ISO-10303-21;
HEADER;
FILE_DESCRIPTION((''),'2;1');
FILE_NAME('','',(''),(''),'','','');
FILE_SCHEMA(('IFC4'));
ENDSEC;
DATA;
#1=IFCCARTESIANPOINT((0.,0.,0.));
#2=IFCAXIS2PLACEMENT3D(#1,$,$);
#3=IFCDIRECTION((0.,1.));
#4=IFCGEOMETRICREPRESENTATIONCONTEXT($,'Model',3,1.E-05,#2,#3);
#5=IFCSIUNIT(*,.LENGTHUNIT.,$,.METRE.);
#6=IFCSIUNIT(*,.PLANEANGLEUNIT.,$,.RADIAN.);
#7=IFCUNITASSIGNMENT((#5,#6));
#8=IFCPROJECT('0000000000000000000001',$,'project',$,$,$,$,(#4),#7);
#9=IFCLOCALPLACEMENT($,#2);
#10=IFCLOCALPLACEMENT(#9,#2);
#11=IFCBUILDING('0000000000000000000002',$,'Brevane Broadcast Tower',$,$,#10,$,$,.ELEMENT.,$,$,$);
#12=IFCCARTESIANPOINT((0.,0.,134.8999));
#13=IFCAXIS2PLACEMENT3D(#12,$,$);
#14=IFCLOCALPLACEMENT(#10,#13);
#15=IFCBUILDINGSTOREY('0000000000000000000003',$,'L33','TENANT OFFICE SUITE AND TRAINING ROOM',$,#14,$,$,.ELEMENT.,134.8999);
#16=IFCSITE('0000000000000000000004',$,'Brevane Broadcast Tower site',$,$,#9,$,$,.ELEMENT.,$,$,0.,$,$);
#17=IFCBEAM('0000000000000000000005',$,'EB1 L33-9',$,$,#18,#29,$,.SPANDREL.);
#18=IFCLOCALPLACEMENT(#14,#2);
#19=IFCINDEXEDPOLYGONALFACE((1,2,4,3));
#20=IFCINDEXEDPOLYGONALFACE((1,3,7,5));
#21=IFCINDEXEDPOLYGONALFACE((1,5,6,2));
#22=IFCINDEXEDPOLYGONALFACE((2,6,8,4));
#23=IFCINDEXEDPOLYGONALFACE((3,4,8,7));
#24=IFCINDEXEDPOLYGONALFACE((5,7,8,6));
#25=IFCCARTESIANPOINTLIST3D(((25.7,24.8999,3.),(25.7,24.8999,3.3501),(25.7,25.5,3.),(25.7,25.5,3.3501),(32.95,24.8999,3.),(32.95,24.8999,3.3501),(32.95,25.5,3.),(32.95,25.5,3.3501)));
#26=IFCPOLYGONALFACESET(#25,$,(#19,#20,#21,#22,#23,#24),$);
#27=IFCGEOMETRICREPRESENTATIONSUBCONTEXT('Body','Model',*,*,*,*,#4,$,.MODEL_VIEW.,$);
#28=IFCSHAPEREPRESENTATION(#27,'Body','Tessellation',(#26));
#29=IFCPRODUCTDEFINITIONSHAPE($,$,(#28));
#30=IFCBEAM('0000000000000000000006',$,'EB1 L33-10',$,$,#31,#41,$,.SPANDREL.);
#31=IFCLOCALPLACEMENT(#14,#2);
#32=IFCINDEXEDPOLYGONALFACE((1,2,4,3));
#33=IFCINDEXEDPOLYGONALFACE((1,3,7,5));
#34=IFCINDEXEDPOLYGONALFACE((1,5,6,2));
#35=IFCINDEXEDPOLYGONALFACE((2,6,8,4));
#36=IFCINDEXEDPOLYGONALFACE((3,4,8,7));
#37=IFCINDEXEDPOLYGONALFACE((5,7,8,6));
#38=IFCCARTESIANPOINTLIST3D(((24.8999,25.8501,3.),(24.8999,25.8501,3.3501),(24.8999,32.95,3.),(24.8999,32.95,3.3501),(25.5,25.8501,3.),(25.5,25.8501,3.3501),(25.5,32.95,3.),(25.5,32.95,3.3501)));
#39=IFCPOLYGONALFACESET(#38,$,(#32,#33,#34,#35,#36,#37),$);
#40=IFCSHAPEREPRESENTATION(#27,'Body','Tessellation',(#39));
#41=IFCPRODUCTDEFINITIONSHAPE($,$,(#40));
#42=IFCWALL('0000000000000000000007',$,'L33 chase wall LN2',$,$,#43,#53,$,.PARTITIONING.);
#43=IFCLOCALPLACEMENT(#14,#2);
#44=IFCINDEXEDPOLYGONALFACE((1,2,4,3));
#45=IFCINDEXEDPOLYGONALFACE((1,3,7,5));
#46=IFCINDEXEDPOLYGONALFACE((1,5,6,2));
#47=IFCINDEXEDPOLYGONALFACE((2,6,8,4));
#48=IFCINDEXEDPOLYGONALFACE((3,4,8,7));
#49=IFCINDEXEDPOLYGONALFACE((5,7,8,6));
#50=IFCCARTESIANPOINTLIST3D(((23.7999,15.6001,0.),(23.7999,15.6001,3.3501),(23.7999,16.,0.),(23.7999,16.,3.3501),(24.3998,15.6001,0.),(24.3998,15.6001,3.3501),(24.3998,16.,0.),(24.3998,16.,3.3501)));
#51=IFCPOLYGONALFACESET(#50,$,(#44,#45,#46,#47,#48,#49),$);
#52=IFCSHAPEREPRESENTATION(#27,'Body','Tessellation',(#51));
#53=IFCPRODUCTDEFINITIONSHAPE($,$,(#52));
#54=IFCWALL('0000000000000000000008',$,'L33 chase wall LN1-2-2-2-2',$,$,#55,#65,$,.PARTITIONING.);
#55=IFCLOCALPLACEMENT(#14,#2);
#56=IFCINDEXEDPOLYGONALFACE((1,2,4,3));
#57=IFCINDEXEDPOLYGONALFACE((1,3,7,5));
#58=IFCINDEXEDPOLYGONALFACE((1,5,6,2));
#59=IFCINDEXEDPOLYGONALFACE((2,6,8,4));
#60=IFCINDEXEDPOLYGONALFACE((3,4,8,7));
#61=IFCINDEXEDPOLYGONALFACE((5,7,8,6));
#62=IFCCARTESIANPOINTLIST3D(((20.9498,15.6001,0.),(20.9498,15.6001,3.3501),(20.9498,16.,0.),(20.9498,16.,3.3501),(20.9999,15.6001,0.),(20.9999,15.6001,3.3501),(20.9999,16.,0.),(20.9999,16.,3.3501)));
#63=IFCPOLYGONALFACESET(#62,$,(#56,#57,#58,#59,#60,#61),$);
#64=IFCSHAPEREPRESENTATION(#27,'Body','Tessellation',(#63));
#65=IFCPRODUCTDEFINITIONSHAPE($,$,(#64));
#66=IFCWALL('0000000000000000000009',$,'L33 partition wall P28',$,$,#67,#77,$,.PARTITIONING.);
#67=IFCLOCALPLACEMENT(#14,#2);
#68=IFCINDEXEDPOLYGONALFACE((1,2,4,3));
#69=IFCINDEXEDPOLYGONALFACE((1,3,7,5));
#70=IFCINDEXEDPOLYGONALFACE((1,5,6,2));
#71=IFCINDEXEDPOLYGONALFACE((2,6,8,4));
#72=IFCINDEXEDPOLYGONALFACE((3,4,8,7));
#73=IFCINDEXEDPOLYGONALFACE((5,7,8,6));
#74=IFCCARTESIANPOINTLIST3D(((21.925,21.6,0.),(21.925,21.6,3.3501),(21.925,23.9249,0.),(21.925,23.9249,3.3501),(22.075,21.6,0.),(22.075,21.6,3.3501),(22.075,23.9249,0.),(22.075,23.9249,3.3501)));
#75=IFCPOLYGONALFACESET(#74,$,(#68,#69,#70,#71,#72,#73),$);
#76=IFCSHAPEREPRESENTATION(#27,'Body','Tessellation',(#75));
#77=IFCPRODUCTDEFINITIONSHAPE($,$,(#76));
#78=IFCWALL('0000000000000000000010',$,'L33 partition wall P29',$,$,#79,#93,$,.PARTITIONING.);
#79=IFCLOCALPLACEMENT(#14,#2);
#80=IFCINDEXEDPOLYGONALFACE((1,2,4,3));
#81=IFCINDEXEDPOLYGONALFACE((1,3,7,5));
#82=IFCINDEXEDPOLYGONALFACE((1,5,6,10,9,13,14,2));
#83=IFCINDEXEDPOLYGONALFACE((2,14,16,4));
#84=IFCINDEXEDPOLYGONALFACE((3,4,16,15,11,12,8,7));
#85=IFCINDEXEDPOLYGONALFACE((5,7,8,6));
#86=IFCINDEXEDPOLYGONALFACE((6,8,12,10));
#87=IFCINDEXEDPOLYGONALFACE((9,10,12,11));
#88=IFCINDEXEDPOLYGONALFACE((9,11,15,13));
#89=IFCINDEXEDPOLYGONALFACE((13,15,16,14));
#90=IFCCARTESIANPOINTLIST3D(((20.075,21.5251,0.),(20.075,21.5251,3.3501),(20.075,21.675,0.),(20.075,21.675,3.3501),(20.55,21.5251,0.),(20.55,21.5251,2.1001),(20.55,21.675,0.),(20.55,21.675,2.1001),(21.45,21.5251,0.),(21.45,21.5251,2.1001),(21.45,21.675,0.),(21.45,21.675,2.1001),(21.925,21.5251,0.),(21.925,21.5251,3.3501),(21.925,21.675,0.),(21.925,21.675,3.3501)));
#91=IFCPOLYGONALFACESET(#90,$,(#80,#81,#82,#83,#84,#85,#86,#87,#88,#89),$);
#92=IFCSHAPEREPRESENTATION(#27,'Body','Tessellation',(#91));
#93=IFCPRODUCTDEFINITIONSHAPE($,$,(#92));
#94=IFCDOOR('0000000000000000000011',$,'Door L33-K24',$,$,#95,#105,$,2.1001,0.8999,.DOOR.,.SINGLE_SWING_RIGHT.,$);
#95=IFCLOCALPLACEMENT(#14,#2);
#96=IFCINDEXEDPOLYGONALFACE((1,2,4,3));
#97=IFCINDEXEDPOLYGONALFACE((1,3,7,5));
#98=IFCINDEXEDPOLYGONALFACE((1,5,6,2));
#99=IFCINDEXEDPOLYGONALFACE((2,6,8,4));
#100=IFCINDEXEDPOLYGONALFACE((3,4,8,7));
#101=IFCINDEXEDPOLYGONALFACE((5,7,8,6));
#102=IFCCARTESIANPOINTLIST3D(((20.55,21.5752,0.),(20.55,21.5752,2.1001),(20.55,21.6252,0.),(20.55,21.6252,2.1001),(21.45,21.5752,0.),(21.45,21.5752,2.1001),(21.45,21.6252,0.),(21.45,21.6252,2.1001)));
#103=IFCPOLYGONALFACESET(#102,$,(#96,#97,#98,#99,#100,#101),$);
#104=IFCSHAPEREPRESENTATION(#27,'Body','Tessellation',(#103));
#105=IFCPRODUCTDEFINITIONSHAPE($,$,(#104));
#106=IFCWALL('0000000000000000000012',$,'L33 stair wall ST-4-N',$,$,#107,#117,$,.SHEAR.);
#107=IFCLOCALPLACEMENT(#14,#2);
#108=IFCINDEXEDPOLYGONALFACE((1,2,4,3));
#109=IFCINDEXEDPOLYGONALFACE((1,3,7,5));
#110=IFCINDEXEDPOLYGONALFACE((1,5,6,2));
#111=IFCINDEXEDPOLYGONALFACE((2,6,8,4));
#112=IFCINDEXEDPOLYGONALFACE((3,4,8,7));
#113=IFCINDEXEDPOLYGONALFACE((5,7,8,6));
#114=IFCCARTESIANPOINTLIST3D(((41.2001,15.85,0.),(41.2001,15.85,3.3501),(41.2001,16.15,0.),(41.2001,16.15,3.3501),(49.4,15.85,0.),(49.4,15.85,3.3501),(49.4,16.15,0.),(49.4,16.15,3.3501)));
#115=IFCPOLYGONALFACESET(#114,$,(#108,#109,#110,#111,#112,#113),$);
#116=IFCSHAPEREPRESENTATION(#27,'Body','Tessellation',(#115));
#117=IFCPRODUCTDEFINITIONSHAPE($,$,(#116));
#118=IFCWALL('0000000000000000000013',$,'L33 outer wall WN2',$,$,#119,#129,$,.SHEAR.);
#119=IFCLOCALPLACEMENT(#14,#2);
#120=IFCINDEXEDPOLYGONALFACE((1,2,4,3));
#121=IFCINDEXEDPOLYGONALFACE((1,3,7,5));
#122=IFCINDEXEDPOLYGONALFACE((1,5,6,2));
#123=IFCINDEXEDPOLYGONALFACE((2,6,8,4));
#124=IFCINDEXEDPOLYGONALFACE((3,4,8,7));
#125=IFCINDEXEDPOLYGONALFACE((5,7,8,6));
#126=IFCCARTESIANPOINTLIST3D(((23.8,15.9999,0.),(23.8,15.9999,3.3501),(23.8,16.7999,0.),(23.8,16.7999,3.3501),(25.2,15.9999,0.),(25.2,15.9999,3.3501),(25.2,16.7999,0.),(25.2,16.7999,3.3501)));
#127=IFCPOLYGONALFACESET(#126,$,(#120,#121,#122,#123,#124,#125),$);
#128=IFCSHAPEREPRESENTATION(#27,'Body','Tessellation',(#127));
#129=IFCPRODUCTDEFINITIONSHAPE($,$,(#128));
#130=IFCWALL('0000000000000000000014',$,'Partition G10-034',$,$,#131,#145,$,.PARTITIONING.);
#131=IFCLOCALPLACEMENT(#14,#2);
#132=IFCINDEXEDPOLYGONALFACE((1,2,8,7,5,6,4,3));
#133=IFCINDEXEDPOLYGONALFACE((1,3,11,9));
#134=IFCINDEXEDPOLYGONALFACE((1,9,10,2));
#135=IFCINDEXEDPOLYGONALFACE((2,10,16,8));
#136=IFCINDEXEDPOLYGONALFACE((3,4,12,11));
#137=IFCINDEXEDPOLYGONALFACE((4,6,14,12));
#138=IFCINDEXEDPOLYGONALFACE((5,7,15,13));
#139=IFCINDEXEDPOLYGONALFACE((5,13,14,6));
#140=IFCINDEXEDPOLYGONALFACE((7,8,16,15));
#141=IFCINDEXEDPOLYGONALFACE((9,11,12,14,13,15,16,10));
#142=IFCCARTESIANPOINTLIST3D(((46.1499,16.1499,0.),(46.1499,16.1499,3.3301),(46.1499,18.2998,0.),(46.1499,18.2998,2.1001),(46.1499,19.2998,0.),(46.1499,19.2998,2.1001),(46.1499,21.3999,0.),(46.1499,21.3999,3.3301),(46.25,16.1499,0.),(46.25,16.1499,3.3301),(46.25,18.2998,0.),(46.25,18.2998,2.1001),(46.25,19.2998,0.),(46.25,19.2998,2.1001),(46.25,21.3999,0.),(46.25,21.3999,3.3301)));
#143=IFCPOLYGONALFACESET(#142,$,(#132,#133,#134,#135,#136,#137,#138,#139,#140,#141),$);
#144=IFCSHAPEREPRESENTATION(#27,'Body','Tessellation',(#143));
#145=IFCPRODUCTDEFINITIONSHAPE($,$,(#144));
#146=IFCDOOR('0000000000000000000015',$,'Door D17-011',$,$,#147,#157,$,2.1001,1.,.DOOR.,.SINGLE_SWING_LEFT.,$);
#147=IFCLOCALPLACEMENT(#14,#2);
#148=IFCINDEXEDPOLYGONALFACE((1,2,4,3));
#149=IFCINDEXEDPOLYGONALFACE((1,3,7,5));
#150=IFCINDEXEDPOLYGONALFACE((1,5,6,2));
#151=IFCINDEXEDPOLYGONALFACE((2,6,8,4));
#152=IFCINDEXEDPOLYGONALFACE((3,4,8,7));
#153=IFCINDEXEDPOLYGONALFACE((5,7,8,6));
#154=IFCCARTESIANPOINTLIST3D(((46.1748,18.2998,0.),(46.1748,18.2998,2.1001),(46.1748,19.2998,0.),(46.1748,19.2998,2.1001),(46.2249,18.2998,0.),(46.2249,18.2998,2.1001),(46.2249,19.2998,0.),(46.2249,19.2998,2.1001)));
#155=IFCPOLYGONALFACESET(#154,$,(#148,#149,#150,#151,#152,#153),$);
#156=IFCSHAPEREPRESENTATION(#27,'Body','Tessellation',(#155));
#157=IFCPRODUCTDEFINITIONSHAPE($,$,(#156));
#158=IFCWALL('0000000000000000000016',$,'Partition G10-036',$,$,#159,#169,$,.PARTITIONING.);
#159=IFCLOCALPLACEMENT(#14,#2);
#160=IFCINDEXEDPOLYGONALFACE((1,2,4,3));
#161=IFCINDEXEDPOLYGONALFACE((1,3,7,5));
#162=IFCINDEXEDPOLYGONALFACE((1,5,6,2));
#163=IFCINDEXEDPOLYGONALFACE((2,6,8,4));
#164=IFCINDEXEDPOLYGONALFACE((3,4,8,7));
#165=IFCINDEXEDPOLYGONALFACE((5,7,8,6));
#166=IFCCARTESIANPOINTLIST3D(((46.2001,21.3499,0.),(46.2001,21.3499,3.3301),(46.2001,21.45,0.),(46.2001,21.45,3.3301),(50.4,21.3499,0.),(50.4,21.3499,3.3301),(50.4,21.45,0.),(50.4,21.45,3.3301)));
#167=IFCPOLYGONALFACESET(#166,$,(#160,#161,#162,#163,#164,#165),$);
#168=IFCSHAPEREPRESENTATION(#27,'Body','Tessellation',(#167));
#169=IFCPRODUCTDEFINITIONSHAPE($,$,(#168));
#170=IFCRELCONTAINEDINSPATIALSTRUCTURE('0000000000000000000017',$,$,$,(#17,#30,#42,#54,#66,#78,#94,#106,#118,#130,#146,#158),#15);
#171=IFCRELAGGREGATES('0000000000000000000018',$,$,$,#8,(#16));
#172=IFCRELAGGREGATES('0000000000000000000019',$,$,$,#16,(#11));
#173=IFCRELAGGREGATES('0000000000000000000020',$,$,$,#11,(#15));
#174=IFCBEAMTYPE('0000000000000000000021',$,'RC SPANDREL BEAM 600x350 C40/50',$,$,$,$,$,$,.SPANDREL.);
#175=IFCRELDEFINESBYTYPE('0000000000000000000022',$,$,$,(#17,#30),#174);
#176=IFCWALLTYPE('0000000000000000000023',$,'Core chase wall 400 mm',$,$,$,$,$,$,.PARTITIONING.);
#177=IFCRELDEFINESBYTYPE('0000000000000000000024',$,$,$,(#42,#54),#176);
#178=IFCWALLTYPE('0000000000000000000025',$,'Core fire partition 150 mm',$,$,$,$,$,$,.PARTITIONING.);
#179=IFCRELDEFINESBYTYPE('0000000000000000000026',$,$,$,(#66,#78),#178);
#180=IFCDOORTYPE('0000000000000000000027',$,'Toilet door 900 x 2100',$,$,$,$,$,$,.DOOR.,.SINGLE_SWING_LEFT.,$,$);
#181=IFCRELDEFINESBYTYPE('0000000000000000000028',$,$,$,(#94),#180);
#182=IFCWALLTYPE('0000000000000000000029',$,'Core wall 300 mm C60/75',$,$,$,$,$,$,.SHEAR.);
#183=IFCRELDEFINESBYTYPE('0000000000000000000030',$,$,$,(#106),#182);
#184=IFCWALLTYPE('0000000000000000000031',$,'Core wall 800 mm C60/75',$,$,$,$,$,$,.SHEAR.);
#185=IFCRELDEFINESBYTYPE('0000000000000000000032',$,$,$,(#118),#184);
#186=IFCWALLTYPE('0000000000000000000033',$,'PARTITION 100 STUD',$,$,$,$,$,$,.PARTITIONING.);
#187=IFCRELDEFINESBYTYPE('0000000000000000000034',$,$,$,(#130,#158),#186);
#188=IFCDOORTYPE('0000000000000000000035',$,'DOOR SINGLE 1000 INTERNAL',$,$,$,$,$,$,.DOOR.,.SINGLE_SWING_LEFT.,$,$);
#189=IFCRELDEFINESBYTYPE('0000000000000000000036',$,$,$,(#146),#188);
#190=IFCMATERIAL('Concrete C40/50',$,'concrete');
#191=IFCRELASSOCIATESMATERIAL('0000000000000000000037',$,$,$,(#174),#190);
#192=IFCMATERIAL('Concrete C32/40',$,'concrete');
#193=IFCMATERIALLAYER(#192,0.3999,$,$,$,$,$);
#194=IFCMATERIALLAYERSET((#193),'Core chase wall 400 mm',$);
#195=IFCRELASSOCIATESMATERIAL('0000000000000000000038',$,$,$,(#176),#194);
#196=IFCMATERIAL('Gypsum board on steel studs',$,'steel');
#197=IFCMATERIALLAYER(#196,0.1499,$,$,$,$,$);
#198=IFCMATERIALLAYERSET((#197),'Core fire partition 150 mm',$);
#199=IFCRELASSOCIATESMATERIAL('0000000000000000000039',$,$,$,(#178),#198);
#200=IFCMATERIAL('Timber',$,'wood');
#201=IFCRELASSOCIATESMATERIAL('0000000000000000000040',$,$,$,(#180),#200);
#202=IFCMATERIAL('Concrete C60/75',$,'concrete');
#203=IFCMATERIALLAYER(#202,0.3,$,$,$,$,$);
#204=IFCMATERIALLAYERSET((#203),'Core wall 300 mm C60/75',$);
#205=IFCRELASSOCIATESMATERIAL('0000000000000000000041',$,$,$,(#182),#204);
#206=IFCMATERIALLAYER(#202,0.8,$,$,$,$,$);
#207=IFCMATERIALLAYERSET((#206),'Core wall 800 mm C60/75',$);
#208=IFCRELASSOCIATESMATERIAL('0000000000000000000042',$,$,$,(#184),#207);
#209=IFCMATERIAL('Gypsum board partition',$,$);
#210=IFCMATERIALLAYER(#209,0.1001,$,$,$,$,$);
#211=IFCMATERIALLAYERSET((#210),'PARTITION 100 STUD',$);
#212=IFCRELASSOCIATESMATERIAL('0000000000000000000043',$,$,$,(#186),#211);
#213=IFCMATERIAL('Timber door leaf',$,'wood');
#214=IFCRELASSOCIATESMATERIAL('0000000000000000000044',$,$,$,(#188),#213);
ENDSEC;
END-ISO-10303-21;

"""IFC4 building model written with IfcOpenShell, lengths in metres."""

from ifc_helpers import new_model, si_unit, direction, frame, frame_2d, origin, origin_2d, place, context, subcontext, project, spatial, rectangle, extrude, material, layer, layer_set, material_profile, profile_set, type_object, element, fill, save


model = new_model("IFC4")

# Units and contexts
model_context = context("Model", 3, precision=1e-05, world=origin(), true_north=direction((0.0, 1.0)))
body_context = subcontext(model_context, "Body", "Model", "MODEL_VIEW")
ifc_project = project(units=[si_unit("LENGTHUNIT", "METRE"), si_unit("PLANEANGLEUNIT", "RADIAN")], contexts=[model_context])

# Site, building, storey
site_placement = place(None, origin())
site = spatial("IfcSite", under=ifc_project, at=site_placement, Name="Brevane Broadcast Tower site", CompositionType="ELEMENT", RefElevation=0.0)
building_placement = place(site_placement, origin())
building = spatial("IfcBuilding", under=site, at=building_placement, Name="Brevane Broadcast Tower", CompositionType="ELEMENT")
storey_placement = place(building_placement, frame((0.0, 0.0, 134.8999)))
storey = spatial("IfcBuildingStorey", under=building, at=storey_placement, Name="L33", Description="TENANT OFFICE SUITE AND TRAINING ROOM", CompositionType="ELEMENT", Elevation=134.8999)

# Shared definitions
ifc_material_1 = material(Name="Concrete C60/75", Category="concrete")

# Beams
ifc_material_2 = material(Name="Concrete C40/50", Category="concrete")
ifc_material_profile_1 = material_profile(ifc_material_2, rectangle(XDim=0.6001, YDim=0.3501, at=origin_2d()), Name="RC 600x350")
ifc_profile_set_1 = profile_set([ifc_material_profile_1], Name="Concrete C40/50")
beam_type_1 = type_object("IfcBeamType", Name="RC SPANDREL BEAM 600x350 C40/50", PredefinedType="SPANDREL", material=ifc_profile_set_1)
beam_1_placement = place(storey_placement, frame((32.95, 25.2, 3.175), z_axis=(-1.0, 0.0, 0.0), x_axis=(0.0, -1.0, 0.0)))
element("IfcBeam", 1, at=beam_1_placement, inside=storey, type_object=beam_type_1, Name="EB1 L33-9", PredefinedType="SPANDREL", context=body_context, shape_type="SweptSolid", body=[
    extrude(rectangle(XDim=0.6001, YDim=0.3501, at=origin_2d()), origin(), (0.0, 0.0, 1.0), 7.25),
])
beam_2_placement = place(storey_placement, frame((25.2, 25.8501, 3.175), z_axis=(0.0, 1.0, 0.0), x_axis=(-1.0, 0.0, 0.0)))
element("IfcBeam", 2, at=beam_2_placement, inside=storey, type_object=beam_type_1, Name="EB1 L33-10", PredefinedType="SPANDREL", context=body_context, shape_type="SweptSolid", body=[
    extrude(rectangle(XDim=0.6001, YDim=0.3501, at=origin_2d()), origin(), (0.0, 0.0, 1.0), 7.0999),
])

# Walls
ifc_material_3 = material(Name="Concrete C32/40", Category="concrete")
ifc_layer_1 = layer(ifc_material_3, 0.3999)
ifc_layer_set_1 = layer_set([ifc_layer_1], Name="Core chase wall 400 mm")
wall_type_1 = type_object("IfcWallType", Name="Core chase wall 400 mm", PredefinedType="PARTITIONING", material=ifc_layer_set_1)
wall_1_placement = place(storey_placement, frame((23.8, 15.8, 0.0), z_axis=(0.0, 0.0, 1.0), x_axis=(1.0, 0.0, 0.0)))
element("IfcWall", 3, at=wall_1_placement, inside=storey, type_object=wall_type_1, Name="L33 chase wall LN2", PredefinedType="PARTITIONING", context=body_context, shape_type="SweptSolid", body=[
    extrude(rectangle(XDim=0.5999, YDim=0.3999, at=frame_2d((0.2998, 0.0))), origin(), (0.0, 0.0, 1.0), 3.3501),
])
wall_2_placement = place(storey_placement, frame((20.95, 15.8, 0.0), z_axis=(0.0, 0.0, 1.0), x_axis=(1.0, 0.0, 0.0)))
element("IfcWall", 4, at=wall_2_placement, inside=storey, type_object=wall_type_1, Name="L33 chase wall LN1-2-2-2-2", PredefinedType="PARTITIONING", context=body_context, shape_type="SweptSolid", body=[
    extrude(rectangle(XDim=0.05, YDim=0.3999, at=frame_2d((0.0249, 0.0))), origin(), (0.0, 0.0, 1.0), 3.3501),
])
ifc_material_4 = material(Name="Gypsum board on steel studs", Category="steel")
ifc_layer_2 = layer(ifc_material_4, 0.1499)
ifc_layer_set_2 = layer_set([ifc_layer_2], Name="Core fire partition 150 mm")
wall_type_2 = type_object("IfcWallType", Name="Core fire partition 150 mm", PredefinedType="PARTITIONING", material=ifc_layer_set_2)
wall_3_placement = place(storey_placement, frame((22.0, 23.925, 0.0), z_axis=(0.0, 0.0, 1.0), x_axis=(0.0, -1.0, 0.0)))
element("IfcWall", 5, at=wall_3_placement, inside=storey, type_object=wall_type_2, Name="L33 partition wall P28", PredefinedType="PARTITIONING", context=body_context, shape_type="SweptSolid", body=[
    extrude(rectangle(XDim=2.325, YDim=0.1499, at=frame_2d((1.1626, 0.0))), origin(), (0.0, 0.0, 1.0), 3.3501),
])

# Wall, opening, door
wall_4_placement = place(storey_placement, frame((21.925, 21.6001, 0.0), z_axis=(0.0, 0.0, 1.0), x_axis=(-1.0, 0.0, 0.0)))
wall_4 = element("IfcWall", 6, at=wall_4_placement, inside=storey, type_object=wall_type_2, Name="L33 partition wall P29", PredefinedType="PARTITIONING", context=body_context, shape_type="SweptSolid", body=[
    extrude(rectangle(XDim=1.8501, YDim=0.1499, at=frame_2d((0.925, 0.0))), origin(), (0.0, 0.0, 1.0), 3.3501),
])
opening_1_placement = place(wall_4_placement, frame((0.4751, 0.0, 0.0)))
opening_1 = element("IfcOpeningElement", 7, at=opening_1_placement, cuts=wall_4, PredefinedType="OPENING", context=body_context, shape_type="SweptSolid", body=[
    extrude(rectangle(XDim=0.8999, YDim=2.1001, at=frame_2d((0.45, 1.05))), frame((0.0, 0.085, 0.0), z_axis=(0.0, -1.0, 0.0), x_axis=(1.0, 0.0, 0.0)), (0.0, 0.0, 1.0), 0.1699),
])
ifc_material_5 = material(Name="Timber", Category="wood")
door_type_1 = type_object("IfcDoorType", Name="Toilet door 900 x 2100", OperationType="SINGLE_SWING_LEFT", PredefinedType="DOOR", material=ifc_material_5)
door_1_placement = place(opening_1_placement, origin())
door_1 = element("IfcDoor", 8, at=door_1_placement, inside=storey, type_object=door_type_1, Name="Door L33-K24", OperationType="SINGLE_SWING_RIGHT", OverallHeight=2.1001, OverallWidth=0.8999, PredefinedType="DOOR", context=body_context, shape_type="SweptSolid", body=[
    extrude(rectangle(XDim=0.8999, YDim=2.1001, at=frame_2d((0.45, 1.05))), frame((0.0, 0.0249, 0.0), z_axis=(0.0, -1.0, 0.0), x_axis=(1.0, 0.0, 0.0)), (0.0, 0.0, 1.0), 0.05),
])
fill(opening_1, door_1)

# Walls
ifc_layer_3 = layer(ifc_material_1, 0.3)
ifc_layer_set_3 = layer_set([ifc_layer_3], Name="Core wall 300 mm C60/75")
wall_type_3 = type_object("IfcWallType", Name="Core wall 300 mm C60/75", PredefinedType="SHEAR", material=ifc_layer_set_3)
wall_5_placement = place(storey_placement, frame((41.2, 16.0, 0.0), z_axis=(0.0, 0.0, 1.0), x_axis=(1.0, 0.0, 0.0)))
element("IfcWall", 9, at=wall_5_placement, inside=storey, type_object=wall_type_3, Name="L33 stair wall ST-4-N", PredefinedType="SHEAR", context=body_context, shape_type="SweptSolid", body=[
    extrude(rectangle(XDim=8.2, YDim=0.3, at=frame_2d((4.1001, 0.0))), origin(), (0.0, 0.0, 1.0), 3.3501),
])
ifc_layer_4 = layer(ifc_material_1, 0.8)
ifc_layer_set_4 = layer_set([ifc_layer_4], Name="Core wall 800 mm C60/75")
wall_type_4 = type_object("IfcWallType", Name="Core wall 800 mm C60/75", PredefinedType="SHEAR", material=ifc_layer_set_4)
wall_6_placement = place(storey_placement, frame((23.8, 16.3999, 0.0), z_axis=(0.0, 0.0, 1.0), x_axis=(1.0, 0.0, 0.0)))
element("IfcWall", 10, at=wall_6_placement, inside=storey, type_object=wall_type_4, Name="L33 outer wall WN2", PredefinedType="SHEAR", context=body_context, shape_type="SweptSolid", body=[
    extrude(rectangle(XDim=1.3999, YDim=0.8, at=frame_2d((0.7, 0.0))), origin(), (0.0, 0.0, 1.0), 3.3501),
])

# Wall, opening, door
ifc_material_6 = material(Name="Gypsum board partition")
ifc_layer_5 = layer(ifc_material_6, 0.1001)
ifc_layer_set_5 = layer_set([ifc_layer_5], Name="PARTITION 100 STUD")
wall_type_5 = type_object("IfcWallType", Name="PARTITION 100 STUD", PredefinedType="PARTITIONING", material=ifc_layer_set_5)
wall_7_placement = place(storey_placement, frame((46.2, 21.3999, 0.0), z_axis=(0.0, 0.0, 1.0), x_axis=(0.0, -1.0, 0.0)))
wall_7 = element("IfcWall", 11, at=wall_7_placement, inside=storey, type_object=wall_type_5, Name="Partition G10-034", PredefinedType="PARTITIONING", context=body_context, shape_type="SweptSolid", body=[
    extrude(rectangle(XDim=5.25, YDim=0.1001, at=frame_2d((2.625, 0.0))), origin(), (0.0, 0.0, 1.0), 3.3301),
])
opening_2_placement = place(wall_7_placement, frame((2.1001, 0.0, 0.0)))
opening_2 = element("IfcOpeningElement", 12, at=opening_2_placement, cuts=wall_7, PredefinedType="OPENING", context=body_context, shape_type="SweptSolid", body=[
    extrude(rectangle(XDim=1.0, YDim=2.1001, at=frame_2d((0.5, 1.05))), frame((0.0, 0.0601, 0.0), z_axis=(0.0, -1.0, 0.0), x_axis=(1.0, 0.0, 0.0)), (0.0, 0.0, 1.0), 0.1201),
])
ifc_material_7 = material(Name="Timber door leaf", Category="wood")
door_type_2 = type_object("IfcDoorType", Name="DOOR SINGLE 1000 INTERNAL", OperationType="SINGLE_SWING_LEFT", PredefinedType="DOOR", material=ifc_material_7)
door_2_placement = place(opening_2_placement, origin())
door_2 = element("IfcDoor", 13, at=door_2_placement, inside=storey, type_object=door_type_2, Name="Door D17-011", OperationType="SINGLE_SWING_LEFT", OverallHeight=2.1001, OverallWidth=1.0, PredefinedType="DOOR", context=body_context, shape_type="SweptSolid", body=[
    extrude(rectangle(XDim=1.0, YDim=2.1001, at=frame_2d((0.5, 1.05))), frame((0.0, 0.0249, 0.0), z_axis=(0.0, -1.0, 0.0), x_axis=(1.0, 0.0, 0.0)), (0.0, 0.0, 1.0), 0.05),
])
fill(opening_2, door_2)

# Wall
wall_8_placement = place(storey_placement, frame((46.2, 21.3999, 0.0), z_axis=(0.0, 0.0, 1.0), x_axis=(1.0, 0.0, 0.0)))
element("IfcWall", 14, at=wall_8_placement, inside=storey, type_object=wall_type_5, Name="Partition G10-036", PredefinedType="PARTITIONING", context=body_context, shape_type="SweptSolid", body=[
    extrude(rectangle(XDim=4.2, YDim=0.1001, at=frame_2d((2.1001, 0.0))), origin(), (0.0, 0.0, 1.0), 3.3301),
])

save(model, "model.ifc")
